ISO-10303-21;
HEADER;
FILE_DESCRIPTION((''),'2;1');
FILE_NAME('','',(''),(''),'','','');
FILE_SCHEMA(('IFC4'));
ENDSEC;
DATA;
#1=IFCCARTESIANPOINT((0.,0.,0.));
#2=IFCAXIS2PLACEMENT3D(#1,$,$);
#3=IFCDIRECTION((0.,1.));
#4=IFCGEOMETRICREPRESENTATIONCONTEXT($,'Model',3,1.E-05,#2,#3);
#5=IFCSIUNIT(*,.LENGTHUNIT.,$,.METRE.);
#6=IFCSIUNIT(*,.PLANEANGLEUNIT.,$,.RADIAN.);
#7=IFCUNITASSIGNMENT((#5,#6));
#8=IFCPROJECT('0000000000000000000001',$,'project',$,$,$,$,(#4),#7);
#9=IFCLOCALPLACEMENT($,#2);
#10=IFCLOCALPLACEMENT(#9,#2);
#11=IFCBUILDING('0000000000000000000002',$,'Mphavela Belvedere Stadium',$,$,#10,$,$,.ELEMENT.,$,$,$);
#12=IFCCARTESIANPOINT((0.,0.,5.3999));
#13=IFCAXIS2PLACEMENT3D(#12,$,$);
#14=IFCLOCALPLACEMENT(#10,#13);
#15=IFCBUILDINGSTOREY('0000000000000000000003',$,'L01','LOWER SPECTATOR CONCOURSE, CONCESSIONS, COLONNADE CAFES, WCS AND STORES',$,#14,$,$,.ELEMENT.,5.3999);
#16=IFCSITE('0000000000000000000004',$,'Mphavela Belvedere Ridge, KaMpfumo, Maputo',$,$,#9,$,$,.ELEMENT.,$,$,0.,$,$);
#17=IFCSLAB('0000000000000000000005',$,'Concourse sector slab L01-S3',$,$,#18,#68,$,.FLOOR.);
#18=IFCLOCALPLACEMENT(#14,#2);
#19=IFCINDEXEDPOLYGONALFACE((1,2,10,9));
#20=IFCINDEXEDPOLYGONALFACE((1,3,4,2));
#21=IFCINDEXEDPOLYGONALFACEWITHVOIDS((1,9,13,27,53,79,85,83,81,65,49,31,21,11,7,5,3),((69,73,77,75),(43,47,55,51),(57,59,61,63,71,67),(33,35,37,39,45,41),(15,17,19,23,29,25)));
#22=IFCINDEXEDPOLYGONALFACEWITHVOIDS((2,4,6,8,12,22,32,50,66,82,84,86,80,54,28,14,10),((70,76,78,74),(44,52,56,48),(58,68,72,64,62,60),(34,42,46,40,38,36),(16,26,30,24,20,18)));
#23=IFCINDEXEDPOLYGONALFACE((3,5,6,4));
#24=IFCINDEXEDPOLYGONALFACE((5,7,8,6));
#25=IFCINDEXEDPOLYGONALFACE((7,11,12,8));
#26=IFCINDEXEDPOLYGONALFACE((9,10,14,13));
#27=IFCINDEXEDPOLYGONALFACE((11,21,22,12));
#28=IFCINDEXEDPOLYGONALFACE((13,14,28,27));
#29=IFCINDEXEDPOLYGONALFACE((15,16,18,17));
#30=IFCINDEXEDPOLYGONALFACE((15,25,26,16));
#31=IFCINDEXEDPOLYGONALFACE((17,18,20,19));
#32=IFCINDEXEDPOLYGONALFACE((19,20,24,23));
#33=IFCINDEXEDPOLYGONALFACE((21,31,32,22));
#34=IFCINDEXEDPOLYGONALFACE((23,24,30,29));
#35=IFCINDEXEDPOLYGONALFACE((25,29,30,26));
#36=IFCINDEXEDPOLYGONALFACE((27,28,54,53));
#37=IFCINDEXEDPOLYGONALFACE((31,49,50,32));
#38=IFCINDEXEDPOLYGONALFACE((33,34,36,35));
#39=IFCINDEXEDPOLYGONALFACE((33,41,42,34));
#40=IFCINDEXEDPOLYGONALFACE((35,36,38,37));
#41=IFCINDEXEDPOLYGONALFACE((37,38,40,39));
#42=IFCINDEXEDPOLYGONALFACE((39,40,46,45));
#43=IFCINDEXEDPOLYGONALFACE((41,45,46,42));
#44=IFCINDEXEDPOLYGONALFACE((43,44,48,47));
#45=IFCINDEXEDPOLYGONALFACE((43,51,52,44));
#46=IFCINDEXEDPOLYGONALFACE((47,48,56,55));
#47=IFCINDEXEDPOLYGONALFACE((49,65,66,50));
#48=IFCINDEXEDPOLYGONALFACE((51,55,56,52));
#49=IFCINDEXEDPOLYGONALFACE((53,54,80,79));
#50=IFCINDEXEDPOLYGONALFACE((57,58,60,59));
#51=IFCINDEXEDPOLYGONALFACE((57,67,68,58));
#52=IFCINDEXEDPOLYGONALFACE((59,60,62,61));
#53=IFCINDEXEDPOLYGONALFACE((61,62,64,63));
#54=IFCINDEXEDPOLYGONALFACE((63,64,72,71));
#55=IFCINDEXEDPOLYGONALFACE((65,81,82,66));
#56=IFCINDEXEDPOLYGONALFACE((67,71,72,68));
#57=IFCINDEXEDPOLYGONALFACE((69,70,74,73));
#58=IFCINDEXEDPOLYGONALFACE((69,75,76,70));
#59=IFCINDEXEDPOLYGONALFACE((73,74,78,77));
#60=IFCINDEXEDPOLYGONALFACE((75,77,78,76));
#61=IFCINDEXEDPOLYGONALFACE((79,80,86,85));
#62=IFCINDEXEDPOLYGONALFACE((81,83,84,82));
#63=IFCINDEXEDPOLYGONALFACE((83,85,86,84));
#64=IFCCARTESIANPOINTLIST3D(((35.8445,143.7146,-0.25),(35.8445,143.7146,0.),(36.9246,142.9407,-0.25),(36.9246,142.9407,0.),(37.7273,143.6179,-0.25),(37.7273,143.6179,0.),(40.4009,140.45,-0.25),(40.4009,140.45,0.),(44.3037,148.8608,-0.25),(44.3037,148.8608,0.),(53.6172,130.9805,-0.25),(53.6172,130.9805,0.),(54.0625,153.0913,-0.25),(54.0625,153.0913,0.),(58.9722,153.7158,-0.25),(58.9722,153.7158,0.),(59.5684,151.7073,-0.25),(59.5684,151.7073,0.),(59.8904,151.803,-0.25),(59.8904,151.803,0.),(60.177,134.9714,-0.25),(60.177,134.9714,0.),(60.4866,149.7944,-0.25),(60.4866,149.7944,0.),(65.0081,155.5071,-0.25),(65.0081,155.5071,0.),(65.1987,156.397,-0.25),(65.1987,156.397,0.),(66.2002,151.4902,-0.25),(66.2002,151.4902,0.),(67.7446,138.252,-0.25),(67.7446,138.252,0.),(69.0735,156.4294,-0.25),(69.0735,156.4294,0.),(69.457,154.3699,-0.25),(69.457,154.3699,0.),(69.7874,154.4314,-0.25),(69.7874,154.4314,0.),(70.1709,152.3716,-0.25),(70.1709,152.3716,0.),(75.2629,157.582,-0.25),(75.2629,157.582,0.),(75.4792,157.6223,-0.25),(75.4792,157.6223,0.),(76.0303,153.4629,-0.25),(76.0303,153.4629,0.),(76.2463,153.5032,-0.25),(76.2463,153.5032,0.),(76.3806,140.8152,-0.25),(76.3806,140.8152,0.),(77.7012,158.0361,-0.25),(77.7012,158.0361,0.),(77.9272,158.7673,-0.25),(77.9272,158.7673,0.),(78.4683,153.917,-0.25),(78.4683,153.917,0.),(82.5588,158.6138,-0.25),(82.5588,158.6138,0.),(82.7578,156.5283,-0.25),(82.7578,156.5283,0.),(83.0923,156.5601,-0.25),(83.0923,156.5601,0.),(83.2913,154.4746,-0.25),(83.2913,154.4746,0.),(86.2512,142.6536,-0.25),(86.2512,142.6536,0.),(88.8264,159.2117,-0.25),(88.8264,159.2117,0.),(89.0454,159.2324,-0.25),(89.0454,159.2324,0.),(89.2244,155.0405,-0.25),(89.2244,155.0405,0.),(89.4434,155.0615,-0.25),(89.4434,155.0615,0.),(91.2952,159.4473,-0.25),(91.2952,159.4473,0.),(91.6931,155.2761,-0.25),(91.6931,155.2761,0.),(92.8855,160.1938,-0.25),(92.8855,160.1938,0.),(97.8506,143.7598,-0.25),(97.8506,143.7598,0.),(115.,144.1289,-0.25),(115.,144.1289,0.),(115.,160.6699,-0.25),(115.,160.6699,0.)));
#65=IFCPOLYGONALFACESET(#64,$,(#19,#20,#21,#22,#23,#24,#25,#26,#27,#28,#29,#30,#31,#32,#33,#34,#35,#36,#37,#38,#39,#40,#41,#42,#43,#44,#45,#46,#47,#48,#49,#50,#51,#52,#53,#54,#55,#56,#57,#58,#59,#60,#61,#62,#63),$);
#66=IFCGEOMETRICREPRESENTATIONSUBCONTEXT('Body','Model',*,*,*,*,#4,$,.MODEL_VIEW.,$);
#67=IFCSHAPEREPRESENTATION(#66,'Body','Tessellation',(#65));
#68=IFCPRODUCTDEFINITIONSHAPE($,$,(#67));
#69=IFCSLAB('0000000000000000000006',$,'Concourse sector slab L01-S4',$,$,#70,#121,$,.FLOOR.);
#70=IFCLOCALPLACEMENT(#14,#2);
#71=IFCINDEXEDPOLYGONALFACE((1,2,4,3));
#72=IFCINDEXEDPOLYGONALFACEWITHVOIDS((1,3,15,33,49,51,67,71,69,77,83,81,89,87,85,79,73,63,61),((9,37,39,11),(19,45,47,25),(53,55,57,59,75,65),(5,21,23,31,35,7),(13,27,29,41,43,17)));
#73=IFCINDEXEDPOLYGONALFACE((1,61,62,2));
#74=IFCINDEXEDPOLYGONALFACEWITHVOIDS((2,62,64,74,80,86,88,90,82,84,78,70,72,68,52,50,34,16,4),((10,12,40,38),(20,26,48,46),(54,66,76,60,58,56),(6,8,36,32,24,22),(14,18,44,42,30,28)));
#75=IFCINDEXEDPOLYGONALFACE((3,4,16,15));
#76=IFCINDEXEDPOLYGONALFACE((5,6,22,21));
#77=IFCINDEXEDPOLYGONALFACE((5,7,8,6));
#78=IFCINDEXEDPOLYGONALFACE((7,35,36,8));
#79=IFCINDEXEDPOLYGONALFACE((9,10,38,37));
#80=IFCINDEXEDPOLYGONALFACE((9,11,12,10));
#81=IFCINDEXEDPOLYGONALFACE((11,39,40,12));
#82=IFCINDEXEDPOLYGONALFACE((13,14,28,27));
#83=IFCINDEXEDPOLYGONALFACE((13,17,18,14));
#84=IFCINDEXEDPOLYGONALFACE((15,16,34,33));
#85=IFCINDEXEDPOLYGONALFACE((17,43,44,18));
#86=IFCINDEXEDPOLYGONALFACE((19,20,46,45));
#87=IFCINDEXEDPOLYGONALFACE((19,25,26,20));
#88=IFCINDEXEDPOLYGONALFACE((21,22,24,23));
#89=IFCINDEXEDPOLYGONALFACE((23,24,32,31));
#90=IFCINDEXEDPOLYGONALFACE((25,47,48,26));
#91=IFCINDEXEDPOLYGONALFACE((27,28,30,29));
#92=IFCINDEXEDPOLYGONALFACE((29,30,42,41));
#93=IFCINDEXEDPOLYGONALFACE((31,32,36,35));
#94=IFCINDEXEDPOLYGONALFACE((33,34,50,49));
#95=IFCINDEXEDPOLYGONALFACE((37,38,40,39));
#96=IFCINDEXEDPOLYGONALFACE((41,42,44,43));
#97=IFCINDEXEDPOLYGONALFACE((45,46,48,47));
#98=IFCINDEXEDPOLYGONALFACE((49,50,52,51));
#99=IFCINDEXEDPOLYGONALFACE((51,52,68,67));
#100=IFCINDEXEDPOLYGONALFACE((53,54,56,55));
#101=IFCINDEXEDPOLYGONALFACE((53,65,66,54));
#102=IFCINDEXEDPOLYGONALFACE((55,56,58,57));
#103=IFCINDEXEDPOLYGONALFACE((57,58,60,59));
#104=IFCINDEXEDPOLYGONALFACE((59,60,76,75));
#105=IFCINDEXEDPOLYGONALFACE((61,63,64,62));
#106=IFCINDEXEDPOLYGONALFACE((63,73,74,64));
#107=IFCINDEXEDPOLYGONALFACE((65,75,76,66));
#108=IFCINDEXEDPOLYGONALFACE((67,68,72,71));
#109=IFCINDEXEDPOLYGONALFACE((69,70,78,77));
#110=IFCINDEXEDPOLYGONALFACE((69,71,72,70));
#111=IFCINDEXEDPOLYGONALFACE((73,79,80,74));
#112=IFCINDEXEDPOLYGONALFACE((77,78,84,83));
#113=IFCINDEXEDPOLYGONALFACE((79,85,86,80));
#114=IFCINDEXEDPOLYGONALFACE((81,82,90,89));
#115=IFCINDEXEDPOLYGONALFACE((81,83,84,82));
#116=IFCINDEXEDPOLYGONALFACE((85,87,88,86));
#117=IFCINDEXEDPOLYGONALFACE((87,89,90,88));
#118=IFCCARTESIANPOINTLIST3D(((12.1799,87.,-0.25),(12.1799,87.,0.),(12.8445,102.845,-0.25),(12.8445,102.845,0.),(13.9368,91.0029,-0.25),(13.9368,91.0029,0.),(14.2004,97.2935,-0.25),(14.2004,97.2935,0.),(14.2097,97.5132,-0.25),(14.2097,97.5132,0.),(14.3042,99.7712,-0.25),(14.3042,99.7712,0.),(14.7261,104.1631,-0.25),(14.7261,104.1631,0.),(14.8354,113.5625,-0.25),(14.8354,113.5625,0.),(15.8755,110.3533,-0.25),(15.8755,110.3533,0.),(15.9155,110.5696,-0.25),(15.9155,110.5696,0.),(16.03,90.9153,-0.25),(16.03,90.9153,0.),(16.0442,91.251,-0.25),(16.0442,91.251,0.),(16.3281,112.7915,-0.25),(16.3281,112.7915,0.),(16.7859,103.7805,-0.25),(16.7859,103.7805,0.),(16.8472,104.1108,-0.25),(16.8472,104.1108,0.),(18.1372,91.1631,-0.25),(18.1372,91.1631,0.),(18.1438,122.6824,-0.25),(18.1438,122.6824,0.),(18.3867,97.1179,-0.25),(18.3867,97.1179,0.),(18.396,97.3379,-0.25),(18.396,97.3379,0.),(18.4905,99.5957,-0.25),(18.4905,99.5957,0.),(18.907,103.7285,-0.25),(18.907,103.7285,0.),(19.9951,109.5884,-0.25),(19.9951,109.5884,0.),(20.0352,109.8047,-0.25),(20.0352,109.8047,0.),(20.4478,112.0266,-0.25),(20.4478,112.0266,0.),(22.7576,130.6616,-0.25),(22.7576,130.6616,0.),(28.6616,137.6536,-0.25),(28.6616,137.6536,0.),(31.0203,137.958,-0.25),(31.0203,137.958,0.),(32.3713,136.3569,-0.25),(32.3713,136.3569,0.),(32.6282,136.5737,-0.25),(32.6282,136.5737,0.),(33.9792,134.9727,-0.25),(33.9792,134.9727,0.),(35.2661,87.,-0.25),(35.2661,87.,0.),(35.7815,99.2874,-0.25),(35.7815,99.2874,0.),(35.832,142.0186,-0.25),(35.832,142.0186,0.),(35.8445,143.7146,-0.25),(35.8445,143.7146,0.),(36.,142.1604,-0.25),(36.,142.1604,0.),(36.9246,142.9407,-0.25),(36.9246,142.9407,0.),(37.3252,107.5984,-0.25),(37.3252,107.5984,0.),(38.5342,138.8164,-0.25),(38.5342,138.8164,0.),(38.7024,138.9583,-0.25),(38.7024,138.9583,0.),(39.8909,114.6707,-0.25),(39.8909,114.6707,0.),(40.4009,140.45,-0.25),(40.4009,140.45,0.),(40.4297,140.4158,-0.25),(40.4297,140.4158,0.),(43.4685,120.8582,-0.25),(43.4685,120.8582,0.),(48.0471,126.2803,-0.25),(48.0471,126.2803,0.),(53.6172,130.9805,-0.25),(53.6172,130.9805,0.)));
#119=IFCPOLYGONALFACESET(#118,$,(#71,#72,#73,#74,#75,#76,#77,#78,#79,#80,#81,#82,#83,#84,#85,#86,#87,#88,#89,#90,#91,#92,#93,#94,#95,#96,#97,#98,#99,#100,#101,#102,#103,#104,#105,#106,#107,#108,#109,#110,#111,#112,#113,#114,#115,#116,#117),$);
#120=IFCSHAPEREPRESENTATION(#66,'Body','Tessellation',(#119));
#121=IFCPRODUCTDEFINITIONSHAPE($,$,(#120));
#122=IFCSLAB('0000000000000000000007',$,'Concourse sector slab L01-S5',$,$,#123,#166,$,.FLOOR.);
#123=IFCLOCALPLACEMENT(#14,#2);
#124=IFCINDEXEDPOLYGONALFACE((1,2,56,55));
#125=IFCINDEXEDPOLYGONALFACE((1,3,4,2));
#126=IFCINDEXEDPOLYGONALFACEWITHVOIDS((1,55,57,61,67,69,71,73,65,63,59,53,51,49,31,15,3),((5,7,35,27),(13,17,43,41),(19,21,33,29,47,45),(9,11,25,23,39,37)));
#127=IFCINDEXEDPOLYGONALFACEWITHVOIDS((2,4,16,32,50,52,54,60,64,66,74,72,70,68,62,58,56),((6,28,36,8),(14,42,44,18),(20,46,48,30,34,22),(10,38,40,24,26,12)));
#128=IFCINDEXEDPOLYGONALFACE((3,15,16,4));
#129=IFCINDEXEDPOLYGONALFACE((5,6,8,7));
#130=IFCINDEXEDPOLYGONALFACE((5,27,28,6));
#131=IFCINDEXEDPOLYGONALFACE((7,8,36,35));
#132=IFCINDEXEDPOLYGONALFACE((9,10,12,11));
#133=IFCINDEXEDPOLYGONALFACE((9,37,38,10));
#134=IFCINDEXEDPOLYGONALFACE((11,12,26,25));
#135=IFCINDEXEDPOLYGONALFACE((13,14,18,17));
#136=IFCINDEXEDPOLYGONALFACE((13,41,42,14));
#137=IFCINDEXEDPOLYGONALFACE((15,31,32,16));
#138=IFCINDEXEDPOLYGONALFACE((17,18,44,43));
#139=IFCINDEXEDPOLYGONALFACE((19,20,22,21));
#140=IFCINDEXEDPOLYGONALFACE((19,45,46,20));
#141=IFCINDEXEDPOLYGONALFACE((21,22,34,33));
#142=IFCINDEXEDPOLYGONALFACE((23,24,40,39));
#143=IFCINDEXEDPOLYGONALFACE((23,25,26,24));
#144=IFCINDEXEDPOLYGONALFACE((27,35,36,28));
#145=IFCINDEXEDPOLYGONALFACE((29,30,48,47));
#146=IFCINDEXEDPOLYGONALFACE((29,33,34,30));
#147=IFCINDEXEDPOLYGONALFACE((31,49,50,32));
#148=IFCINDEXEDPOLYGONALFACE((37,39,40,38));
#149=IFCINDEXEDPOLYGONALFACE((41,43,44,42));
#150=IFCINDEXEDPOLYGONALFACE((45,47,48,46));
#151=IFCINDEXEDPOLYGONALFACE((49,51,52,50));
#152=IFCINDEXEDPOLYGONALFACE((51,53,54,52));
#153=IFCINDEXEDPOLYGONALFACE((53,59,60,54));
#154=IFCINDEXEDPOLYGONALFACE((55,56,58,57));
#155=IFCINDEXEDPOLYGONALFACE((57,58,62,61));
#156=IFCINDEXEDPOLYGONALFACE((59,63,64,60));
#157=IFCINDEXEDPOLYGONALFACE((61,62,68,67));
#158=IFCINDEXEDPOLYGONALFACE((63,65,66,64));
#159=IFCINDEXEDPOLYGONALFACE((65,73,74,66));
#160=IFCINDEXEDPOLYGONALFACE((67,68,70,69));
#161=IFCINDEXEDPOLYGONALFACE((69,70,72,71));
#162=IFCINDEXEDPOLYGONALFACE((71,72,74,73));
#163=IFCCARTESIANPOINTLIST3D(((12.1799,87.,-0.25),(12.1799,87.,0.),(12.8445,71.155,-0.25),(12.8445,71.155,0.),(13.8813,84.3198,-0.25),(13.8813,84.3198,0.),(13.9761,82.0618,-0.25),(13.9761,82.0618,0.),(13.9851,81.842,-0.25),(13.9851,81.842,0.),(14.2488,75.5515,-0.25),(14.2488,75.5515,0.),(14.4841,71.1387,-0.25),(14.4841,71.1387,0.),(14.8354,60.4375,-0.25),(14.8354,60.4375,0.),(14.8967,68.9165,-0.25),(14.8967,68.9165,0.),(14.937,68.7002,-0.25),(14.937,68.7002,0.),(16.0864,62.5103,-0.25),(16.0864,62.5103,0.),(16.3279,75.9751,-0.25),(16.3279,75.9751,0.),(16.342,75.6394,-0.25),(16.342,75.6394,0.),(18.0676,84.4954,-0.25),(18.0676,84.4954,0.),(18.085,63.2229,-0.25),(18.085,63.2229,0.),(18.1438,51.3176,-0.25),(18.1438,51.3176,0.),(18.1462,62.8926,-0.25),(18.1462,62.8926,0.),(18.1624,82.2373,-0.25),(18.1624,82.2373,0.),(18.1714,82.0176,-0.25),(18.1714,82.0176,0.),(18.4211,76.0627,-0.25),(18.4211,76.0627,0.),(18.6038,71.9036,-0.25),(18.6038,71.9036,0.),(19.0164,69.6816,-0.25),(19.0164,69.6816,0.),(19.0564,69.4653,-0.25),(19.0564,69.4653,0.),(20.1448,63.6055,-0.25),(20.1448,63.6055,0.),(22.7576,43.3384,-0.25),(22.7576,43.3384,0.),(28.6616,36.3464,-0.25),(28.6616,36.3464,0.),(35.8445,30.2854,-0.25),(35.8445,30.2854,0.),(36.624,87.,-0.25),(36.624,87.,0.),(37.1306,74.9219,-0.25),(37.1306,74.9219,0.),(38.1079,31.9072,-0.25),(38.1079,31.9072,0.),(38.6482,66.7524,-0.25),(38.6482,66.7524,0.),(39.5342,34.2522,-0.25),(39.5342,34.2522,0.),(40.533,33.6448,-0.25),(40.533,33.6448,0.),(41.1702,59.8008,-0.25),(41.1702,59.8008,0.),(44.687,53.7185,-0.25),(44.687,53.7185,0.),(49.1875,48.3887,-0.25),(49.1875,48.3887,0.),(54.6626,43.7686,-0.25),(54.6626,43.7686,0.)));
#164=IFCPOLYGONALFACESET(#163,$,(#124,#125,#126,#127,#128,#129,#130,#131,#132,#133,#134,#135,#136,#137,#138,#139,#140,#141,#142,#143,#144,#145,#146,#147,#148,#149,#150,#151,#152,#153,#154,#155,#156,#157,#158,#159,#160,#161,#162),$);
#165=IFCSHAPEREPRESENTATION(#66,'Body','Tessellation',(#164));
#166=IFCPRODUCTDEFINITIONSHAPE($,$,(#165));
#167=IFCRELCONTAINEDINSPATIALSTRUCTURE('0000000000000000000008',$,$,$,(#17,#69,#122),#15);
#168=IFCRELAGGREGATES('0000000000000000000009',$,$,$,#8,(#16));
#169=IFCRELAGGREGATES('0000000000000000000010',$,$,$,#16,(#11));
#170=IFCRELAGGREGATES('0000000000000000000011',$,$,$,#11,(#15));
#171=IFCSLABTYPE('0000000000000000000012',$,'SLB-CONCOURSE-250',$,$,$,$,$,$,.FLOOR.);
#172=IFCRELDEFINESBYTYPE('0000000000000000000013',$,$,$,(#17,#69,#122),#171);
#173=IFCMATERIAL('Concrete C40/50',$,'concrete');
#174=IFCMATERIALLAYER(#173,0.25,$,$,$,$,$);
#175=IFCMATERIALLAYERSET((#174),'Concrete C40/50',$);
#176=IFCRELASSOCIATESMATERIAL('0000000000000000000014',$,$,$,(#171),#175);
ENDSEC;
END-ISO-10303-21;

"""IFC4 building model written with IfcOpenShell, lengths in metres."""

from ifc_helpers import new_model, si_unit, direction, frame, origin, place, context, subcontext, project, spatial, polyline, outline, extrude, material, layer, layer_set, type_object, element, save


model = new_model("IFC4")

# Units and contexts
model_context = context("Model", 3, precision=1e-05, world=origin(), true_north=direction((0.0, 1.0)))
body_context = subcontext(model_context, "Body", "Model", "MODEL_VIEW")
ifc_project = project(units=[si_unit("LENGTHUNIT", "METRE"), si_unit("PLANEANGLEUNIT", "RADIAN")], contexts=[model_context])

# Site, building, storey
site_placement = place(None, origin())
site = spatial("IfcSite", under=ifc_project, at=site_placement, Name="Mphavela Belvedere Ridge, KaMpfumo, Maputo", CompositionType="ELEMENT", RefElevation=0.0)
building_placement = place(site_placement, origin())
building = spatial("IfcBuilding", under=site, at=building_placement, Name="Mphavela Belvedere Stadium", CompositionType="ELEMENT")
storey_placement = place(building_placement, frame((0.0, 0.0, 5.3999)))
storey = spatial("IfcBuildingStorey", under=building, at=storey_placement, Name="L01", Description="LOWER SPECTATOR CONCOURSE, CONCESSIONS, COLONNADE CAFES, WCS AND STORES", CompositionType="ELEMENT", Elevation=5.3999)

# Slabs
ifc_material_1 = material(Name="Concrete C40/50", Category="concrete")
ifc_layer_1 = layer(ifc_material_1, 0.25)
ifc_layer_set_1 = layer_set([ifc_layer_1], Name="Concrete C40/50")
slab_type_1 = type_object("IfcSlabType", Name="SLB-CONCOURSE-250", PredefinedType="FLOOR", material=ifc_layer_set_1)
slab_1_placement = place(storey_placement, frame((0.0, 0.0, -0.25)))
element("IfcSlab", 1, at=slab_1_placement, inside=storey, type_object=slab_type_1, Name="Concourse sector slab L01-S3", PredefinedType="FLOOR", context=body_context, shape_type="SweptSolid", body=[
    extrude(outline(polyline([(77.9272, 158.7673), (92.8855, 160.1938), (115.0, 160.6699), (115.0, 144.1289), (97.8506, 143.7598), (86.2512, 142.6536), (76.3806, 140.8152), (67.7446, 138.252), (60.177, 134.9714), (53.6172, 130.9805), (40.4009, 140.45), (37.7273, 143.6179), (36.9246, 142.9407), (35.8445, 143.7146), (44.3037, 148.8608), (54.0625, 153.0913), (65.1987, 156.397), (77.9272, 158.7673)]), holes=[polyline([(70.1709, 152.3716), (76.0303, 153.4629), (75.2629, 157.582), (69.0735, 156.4294), (69.457, 154.3699), (69.7874, 154.4314), (70.1709, 152.3716)]), polyline([(77.7012, 158.0361), (75.4792, 157.6223), (76.2463, 153.5032), (78.4683, 153.917), (77.7012, 158.0361)]), polyline([(82.7578, 156.5283), (83.0923, 156.5601), (83.2913, 154.4746), (89.2244, 155.0405), (88.8264, 159.2117), (82.5588, 158.6138), (82.7578, 156.5283)]), polyline([(89.4434, 155.0615), (91.6931, 155.2761), (91.2952, 159.4473), (89.0454, 159.2324), (89.4434, 155.0615)]), polyline([(66.2002, 151.4902), (65.0081, 155.5071), (58.9722, 153.7158), (59.5684, 151.7073), (59.8904, 151.803), (60.4866, 149.7944), (66.2002, 151.4902)])]), origin(), (0.0, 0.0, 1.0), 0.25),
])
slab_2_placement = place(storey_placement, frame((0.0, 0.0, -0.25)))
element("IfcSlab", 2, at=slab_2_placement, inside=storey, type_object=slab_type_1, Name="Concourse sector slab L01-S4", PredefinedType="FLOOR", context=body_context, shape_type="SweptSolid", body=[
    extrude(outline(polyline([(22.7576, 130.6616), (28.6616, 137.6536), (35.8445, 143.7146), (36.9246, 142.9407), (36.0, 142.1604), (38.7024, 138.9583), (40.4297, 140.4158), (40.4009, 140.45), (53.6172, 130.9805), (48.0471, 126.2803), (43.4685, 120.8582), (39.8909, 114.6707), (37.3252, 107.5984), (35.7815, 99.2874), (35.2661, 87.0), (12.1799, 87.0), (12.8445, 102.845), (14.8354, 113.5625), (18.1438, 122.6824), (22.7576, 130.6616)]), holes=[polyline([(33.9792, 134.9727), (38.5342, 138.8164), (35.832, 142.0186), (31.0203, 137.958), (32.3713, 136.3569), (32.6282, 136.5737), (33.9792, 134.9727)]), polyline([(16.7859, 103.7805), (16.8472, 104.1108), (18.907, 103.7285), (19.9951, 109.5884), (15.8755, 110.3533), (14.7261, 104.1631), (16.7859, 103.7805)]), polyline([(20.0352, 109.8047), (20.4478, 112.0266), (16.3281, 112.7915), (15.9155, 110.5696), (20.0352, 109.8047)]), polyline([(14.2004, 97.2935), (13.9368, 91.0029), (16.03, 90.9153), (16.0442, 91.251), (18.1372, 91.1631), (18.3867, 97.1179), (14.2004, 97.2935)]), polyline([(14.3042, 99.7712), (14.2097, 97.5132), (18.396, 97.3379), (18.4905, 99.5957), (14.3042, 99.7712)])]), origin(), (0.0, 0.0, 1.0), 0.25),
])
slab_3_placement = place(storey_placement, frame((0.0, 0.0, -0.25)))
element("IfcSlab", 3, at=slab_3_placement, inside=storey, type_object=slab_type_1, Name="Concourse sector slab L01-S5", PredefinedType="FLOOR", context=body_context, shape_type="SweptSolid", body=[
    extrude(outline(polyline([(18.1438, 51.3176), (14.8354, 60.4375), (12.8445, 71.155), (12.1799, 87.0), (36.624, 87.0), (37.1306, 74.9219), (38.6482, 66.7524), (41.1702, 59.8008), (44.687, 53.7185), (49.1875, 48.3887), (54.6626, 43.7686), (40.533, 33.6448), (39.5342, 34.2522), (38.1079, 31.9072), (35.8445, 30.2854), (28.6616, 36.3464), (22.7576, 43.3384), (18.1438, 51.3176)]), holes=[polyline([(16.3279, 75.9751), (18.4211, 76.0627), (18.1714, 82.0176), (13.9851, 81.842), (14.2488, 75.5515), (16.342, 75.6394), (16.3279, 75.9751)]), polyline([(18.0676, 84.4954), (13.8813, 84.3198), (13.9761, 82.0618), (18.1624, 82.2373), (18.0676, 84.4954)]), polyline([(16.0864, 62.5103), (18.1462, 62.8926), (18.085, 63.2229), (20.1448, 63.6055), (19.0564, 69.4653), (14.937, 68.7002), (16.0864, 62.5103)]), polyline([(14.8967, 68.9165), (19.0164, 69.6816), (18.6038, 71.9036), (14.4841, 71.1387), (14.8967, 68.9165)])]), origin(), (0.0, 0.0, 1.0), 0.25),
])

save(model, "model.ifc")
